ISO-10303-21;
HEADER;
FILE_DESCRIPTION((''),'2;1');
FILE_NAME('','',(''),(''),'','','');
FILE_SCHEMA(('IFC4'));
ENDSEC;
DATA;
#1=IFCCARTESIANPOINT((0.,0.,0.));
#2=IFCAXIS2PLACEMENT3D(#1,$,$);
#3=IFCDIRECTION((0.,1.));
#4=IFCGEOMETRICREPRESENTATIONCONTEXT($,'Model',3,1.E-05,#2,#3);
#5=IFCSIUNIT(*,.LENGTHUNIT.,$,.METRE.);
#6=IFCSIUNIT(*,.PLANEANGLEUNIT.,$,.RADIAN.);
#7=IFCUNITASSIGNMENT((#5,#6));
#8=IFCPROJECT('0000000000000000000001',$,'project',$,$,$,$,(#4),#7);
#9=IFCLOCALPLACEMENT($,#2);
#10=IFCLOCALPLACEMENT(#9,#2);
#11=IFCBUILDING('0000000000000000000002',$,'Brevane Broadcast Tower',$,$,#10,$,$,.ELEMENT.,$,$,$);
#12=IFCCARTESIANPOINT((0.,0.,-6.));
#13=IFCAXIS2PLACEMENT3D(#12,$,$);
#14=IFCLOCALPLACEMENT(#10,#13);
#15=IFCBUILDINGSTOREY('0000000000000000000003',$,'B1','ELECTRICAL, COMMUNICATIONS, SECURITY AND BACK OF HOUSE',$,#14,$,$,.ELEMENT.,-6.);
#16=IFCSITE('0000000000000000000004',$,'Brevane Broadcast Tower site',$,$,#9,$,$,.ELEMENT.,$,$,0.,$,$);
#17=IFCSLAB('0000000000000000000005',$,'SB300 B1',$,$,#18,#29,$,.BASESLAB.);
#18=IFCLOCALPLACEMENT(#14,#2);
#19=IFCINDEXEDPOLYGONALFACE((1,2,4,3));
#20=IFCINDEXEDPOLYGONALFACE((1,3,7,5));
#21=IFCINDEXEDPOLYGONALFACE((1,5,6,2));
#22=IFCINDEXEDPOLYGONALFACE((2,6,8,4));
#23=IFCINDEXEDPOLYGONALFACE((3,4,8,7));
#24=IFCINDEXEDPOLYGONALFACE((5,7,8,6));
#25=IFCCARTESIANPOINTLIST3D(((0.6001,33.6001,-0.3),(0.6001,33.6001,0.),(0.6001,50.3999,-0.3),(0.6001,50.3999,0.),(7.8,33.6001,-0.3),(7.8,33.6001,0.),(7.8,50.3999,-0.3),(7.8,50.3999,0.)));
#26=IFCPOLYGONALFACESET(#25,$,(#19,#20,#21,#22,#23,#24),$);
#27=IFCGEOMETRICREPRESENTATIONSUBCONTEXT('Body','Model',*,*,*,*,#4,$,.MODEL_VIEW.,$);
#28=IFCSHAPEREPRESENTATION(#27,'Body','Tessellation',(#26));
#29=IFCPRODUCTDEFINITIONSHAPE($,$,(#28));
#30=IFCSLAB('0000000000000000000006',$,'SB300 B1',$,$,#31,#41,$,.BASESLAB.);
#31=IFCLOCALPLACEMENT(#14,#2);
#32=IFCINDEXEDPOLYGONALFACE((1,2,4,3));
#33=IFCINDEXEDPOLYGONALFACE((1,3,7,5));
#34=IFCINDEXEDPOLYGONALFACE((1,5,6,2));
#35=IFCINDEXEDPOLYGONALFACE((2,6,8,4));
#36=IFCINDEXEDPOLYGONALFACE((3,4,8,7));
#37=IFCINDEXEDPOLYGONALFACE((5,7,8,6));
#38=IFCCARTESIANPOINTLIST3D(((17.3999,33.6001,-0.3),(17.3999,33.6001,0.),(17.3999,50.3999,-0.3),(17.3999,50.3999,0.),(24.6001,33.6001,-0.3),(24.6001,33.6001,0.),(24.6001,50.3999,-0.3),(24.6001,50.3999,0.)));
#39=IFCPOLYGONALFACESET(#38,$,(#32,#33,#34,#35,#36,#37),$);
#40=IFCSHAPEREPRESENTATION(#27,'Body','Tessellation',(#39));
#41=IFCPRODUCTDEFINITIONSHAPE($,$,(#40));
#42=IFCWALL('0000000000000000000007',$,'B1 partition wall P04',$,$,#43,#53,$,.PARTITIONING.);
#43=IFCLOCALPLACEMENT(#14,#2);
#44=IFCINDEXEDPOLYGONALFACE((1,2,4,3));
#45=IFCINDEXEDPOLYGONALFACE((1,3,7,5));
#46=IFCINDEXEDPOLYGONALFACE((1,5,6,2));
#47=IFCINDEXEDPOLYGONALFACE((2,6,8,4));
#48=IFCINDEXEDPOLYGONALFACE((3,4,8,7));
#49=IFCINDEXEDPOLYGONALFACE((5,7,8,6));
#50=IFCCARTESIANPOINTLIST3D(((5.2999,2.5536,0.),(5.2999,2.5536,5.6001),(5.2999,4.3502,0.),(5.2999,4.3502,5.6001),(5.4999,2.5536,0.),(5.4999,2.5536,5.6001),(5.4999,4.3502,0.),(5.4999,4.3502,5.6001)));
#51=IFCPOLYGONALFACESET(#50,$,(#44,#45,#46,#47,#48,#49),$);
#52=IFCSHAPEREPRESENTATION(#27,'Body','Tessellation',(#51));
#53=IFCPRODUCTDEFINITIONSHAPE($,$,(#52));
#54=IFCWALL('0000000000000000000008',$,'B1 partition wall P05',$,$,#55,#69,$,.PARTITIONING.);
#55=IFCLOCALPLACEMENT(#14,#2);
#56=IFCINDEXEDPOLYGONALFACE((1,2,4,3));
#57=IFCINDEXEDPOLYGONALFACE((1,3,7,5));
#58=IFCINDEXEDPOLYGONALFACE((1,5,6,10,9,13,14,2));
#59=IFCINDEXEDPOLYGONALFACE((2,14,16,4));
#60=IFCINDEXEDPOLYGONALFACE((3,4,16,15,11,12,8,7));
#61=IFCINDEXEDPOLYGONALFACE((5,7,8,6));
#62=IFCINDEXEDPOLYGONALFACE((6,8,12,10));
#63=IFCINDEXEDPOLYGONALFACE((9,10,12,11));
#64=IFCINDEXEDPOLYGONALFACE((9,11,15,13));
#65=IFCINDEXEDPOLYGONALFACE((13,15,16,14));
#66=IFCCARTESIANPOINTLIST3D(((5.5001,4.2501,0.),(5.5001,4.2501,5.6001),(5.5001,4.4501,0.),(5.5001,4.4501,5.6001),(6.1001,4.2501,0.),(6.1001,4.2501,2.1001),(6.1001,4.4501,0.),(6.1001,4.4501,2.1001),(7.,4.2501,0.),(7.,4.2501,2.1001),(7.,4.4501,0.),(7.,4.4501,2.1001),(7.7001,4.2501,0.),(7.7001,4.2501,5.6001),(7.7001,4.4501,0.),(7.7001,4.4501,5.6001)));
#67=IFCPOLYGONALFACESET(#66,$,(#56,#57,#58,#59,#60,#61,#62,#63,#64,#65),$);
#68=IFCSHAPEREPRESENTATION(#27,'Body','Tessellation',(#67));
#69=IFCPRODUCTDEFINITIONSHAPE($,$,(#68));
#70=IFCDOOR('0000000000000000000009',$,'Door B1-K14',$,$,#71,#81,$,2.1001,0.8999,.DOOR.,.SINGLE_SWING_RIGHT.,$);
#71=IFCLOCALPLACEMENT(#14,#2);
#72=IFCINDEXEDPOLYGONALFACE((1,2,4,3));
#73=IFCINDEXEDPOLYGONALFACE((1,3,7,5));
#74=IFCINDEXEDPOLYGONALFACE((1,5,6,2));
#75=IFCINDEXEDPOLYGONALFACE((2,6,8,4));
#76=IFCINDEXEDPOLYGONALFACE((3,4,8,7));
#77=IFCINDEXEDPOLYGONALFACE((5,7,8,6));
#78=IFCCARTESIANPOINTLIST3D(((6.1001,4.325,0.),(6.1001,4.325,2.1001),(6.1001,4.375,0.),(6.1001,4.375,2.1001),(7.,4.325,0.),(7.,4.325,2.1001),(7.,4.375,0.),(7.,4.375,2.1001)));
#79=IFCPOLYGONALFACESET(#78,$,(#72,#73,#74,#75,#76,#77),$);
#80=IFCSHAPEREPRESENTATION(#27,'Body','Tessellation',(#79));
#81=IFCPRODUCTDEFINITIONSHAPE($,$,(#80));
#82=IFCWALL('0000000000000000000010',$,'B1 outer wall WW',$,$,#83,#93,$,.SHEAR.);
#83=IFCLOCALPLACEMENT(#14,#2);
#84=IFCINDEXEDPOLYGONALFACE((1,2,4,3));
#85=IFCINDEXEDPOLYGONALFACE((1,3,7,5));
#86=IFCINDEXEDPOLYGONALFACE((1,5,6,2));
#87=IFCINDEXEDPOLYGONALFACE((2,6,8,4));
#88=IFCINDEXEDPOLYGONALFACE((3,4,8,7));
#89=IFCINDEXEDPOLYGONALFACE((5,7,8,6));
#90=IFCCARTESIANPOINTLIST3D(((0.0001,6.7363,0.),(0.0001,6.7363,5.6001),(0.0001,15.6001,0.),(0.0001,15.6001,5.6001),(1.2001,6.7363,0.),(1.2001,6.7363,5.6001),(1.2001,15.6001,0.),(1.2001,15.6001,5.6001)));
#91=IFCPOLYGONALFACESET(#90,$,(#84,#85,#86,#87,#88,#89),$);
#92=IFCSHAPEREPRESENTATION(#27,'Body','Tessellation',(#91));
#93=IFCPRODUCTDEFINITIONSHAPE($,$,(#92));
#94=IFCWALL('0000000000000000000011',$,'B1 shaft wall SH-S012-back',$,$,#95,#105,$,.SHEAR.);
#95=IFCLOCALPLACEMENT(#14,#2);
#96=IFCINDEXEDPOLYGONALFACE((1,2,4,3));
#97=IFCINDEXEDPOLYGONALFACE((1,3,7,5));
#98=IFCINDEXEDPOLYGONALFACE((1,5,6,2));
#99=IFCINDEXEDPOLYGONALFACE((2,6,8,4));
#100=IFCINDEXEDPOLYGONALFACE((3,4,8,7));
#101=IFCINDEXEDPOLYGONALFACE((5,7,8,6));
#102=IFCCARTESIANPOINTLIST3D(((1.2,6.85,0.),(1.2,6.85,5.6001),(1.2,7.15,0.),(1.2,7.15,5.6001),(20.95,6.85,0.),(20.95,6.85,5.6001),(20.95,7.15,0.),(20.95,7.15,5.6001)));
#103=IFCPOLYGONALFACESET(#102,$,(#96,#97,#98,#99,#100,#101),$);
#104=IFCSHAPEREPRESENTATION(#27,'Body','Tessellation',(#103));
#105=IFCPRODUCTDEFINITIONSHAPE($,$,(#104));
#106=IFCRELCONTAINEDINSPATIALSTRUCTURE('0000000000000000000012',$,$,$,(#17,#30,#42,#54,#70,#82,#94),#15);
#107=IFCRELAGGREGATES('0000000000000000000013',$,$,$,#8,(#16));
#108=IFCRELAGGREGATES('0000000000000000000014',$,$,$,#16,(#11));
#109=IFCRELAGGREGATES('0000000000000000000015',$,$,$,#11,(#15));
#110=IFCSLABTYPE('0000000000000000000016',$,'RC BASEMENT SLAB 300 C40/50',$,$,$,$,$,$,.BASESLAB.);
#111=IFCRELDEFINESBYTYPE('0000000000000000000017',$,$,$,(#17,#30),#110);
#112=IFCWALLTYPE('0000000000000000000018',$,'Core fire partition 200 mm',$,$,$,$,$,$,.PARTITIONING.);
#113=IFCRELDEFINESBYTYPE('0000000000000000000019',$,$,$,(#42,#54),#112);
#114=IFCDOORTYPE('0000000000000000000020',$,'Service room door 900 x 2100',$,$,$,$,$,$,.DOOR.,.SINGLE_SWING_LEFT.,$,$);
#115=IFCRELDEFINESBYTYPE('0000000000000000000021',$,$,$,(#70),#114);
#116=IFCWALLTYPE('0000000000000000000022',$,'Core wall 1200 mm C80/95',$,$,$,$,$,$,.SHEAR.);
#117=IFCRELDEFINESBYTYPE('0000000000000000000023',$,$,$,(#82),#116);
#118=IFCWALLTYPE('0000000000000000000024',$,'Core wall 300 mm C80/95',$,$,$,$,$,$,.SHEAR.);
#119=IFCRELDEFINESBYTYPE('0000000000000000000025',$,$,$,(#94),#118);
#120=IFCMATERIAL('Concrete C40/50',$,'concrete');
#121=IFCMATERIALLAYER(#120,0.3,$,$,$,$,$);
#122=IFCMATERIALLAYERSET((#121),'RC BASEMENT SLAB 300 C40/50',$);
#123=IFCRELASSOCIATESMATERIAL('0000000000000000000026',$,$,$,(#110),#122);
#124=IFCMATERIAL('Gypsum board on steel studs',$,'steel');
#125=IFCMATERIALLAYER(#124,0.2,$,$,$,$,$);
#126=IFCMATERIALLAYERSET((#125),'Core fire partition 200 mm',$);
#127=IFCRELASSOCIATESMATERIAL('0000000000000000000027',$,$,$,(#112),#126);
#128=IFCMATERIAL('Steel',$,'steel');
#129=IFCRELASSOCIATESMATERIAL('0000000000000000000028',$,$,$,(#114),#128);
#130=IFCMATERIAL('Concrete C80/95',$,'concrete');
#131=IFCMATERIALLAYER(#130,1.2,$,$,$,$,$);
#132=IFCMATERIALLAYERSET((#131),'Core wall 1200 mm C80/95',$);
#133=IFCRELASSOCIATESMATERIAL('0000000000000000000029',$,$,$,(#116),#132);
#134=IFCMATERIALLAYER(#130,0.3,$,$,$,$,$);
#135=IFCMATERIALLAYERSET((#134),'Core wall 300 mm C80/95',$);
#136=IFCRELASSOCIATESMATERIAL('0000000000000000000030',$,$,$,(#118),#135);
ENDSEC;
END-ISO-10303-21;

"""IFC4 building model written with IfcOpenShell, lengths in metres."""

from ifc_helpers import new_model, si_unit, direction, frame, frame_2d, origin, place, context, subcontext, project, spatial, polyline, rectangle, outline, extrude, material, layer, layer_set, type_object, element, fill, save


model = new_model("IFC4")

# Units and contexts
model_context = context("Model", 3, precision=1e-05, world=origin(), true_north=direction((0.0, 1.0)))
body_context = subcontext(model_context, "Body", "Model", "MODEL_VIEW")
ifc_project = project(units=[si_unit("LENGTHUNIT", "METRE"), si_unit("PLANEANGLEUNIT", "RADIAN")], contexts=[model_context])

# Site, building, storey
site_placement = place(None, origin())
site = spatial("IfcSite", under=ifc_project, at=site_placement, Name="Brevane Broadcast Tower site", CompositionType="ELEMENT", RefElevation=0.0)
building_placement = place(site_placement, origin())
building = spatial("IfcBuilding", under=site, at=building_placement, Name="Brevane Broadcast Tower", CompositionType="ELEMENT")
storey_placement = place(building_placement, frame((0.0, 0.0, -6.0)))
storey = spatial("IfcBuildingStorey", under=building, at=storey_placement, Name="B1", Description="ELECTRICAL, COMMUNICATIONS, SECURITY AND BACK OF HOUSE", CompositionType="ELEMENT", Elevation=-6.0)

# Slabs
ifc_material_1 = material(Name="Concrete C40/50", Category="concrete")
ifc_layer_1 = layer(ifc_material_1, 0.3)
ifc_layer_set_1 = layer_set([ifc_layer_1], Name="RC BASEMENT SLAB 300 C40/50")
slab_type = type_object("IfcSlabType", Name="RC BASEMENT SLAB 300 C40/50", PredefinedType="BASESLAB", material=ifc_layer_set_1)
slab_1_placement = place(storey_placement, frame((0.0, 0.0, -0.3)))
element("IfcSlab", 1, at=slab_1_placement, inside=storey, type_object=slab_type, Name="SB300 B1", PredefinedType="BASESLAB", context=body_context, shape_type="SweptSolid", body=[
    extrude(outline(polyline([(7.8, 50.3999), (7.8, 33.6001), (0.6001, 33.6001), (0.6001, 50.3999), (7.8, 50.3999)])), origin(), (0.0, 0.0, 1.0), 0.3),
])
slab_2_placement = place(storey_placement, frame((0.0, 0.0, -0.3)))
element("IfcSlab", 2, at=slab_2_placement, inside=storey, type_object=slab_type, Name="SB300 B1", PredefinedType="BASESLAB", context=body_context, shape_type="SweptSolid", body=[
    extrude(outline(polyline([(24.6001, 50.3999), (24.6001, 33.6001), (17.3999, 33.6001), (17.3999, 50.3999), (24.6001, 50.3999)])), origin(), (0.0, 0.0, 1.0), 0.3),
])

# Wall
ifc_material_2 = material(Name="Gypsum board on steel studs", Category="steel")
ifc_layer_2 = layer(ifc_material_2, 0.2)
ifc_layer_set_2 = layer_set([ifc_layer_2], Name="Core fire partition 200 mm")
wall_type_1 = type_object("IfcWallType", Name="Core fire partition 200 mm", PredefinedType="PARTITIONING", material=ifc_layer_set_2)
wall_1_placement = place(storey_placement, frame((5.3999, 2.5535, 0.0), z_axis=(0.0, 0.0, 1.0), x_axis=(0.0, 1.0, 0.0)))
element("IfcWall", 3, at=wall_1_placement, inside=storey, type_object=wall_type_1, Name="B1 partition wall P04", PredefinedType="PARTITIONING", context=body_context, shape_type="SweptSolid", body=[
    extrude(rectangle(XDim=1.7966, YDim=0.2, at=frame_2d((0.8984, 0.0))), origin(), (0.0, 0.0, 1.0), 5.6001),
])

# Wall, opening, door
wall_2_placement = place(storey_placement, frame((5.5, 4.3501, 0.0), z_axis=(0.0, 0.0, 1.0), x_axis=(1.0, 0.0, 0.0)))
wall_2 = element("IfcWall", 4, at=wall_2_placement, inside=storey, type_object=wall_type_1, Name="B1 partition wall P05", PredefinedType="PARTITIONING", context=body_context, shape_type="SweptSolid", body=[
    extrude(rectangle(XDim=2.2, YDim=0.2, at=frame_2d((1.1001, 0.0))), origin(), (0.0, 0.0, 1.0), 5.6001),
])
opening_1_placement = place(wall_2_placement, frame((0.6001, 0.0, 0.0)))
opening_1 = element("IfcOpeningElement", 5, at=opening_1_placement, cuts=wall_2, PredefinedType="OPENING", context=body_context, shape_type="SweptSolid", body=[
    extrude(rectangle(XDim=0.8999, YDim=2.1001, at=frame_2d((0.45, 1.05))), frame((0.0, 0.1099, 0.0), z_axis=(0.0, -1.0, 0.0), x_axis=(1.0, 0.0, 0.0)), (0.0, 0.0, 1.0), 0.22),
])
ifc_material_3 = material(Name="Steel", Category="steel")
door_type_1 = type_object("IfcDoorType", Name="Service room door 900 x 2100", OperationType="SINGLE_SWING_LEFT", PredefinedType="DOOR", material=ifc_material_3)
door_1_placement = place(opening_1_placement, origin())
door_1 = element("IfcDoor", 6, at=door_1_placement, inside=storey, type_object=door_type_1, Name="Door B1-K14", OperationType="SINGLE_SWING_RIGHT", OverallHeight=2.1001, OverallWidth=0.8999, PredefinedType="DOOR", context=body_context, shape_type="SweptSolid", body=[
    extrude(rectangle(XDim=0.8999, YDim=2.1001, at=frame_2d((0.45, 1.05))), frame((0.0, 0.0249, 0.0), z_axis=(0.0, -1.0, 0.0), x_axis=(1.0, 0.0, 0.0)), (0.0, 0.0, 1.0), 0.05),
])
fill(opening_1, door_1)

# Walls
ifc_material_4 = material(Name="Concrete C80/95", Category="concrete")
ifc_layer_3 = layer(ifc_material_4, 1.2)
ifc_layer_set_3 = layer_set([ifc_layer_3], Name="Core wall 1200 mm C80/95")
wall_type_2 = type_object("IfcWallType", Name="Core wall 1200 mm C80/95", PredefinedType="SHEAR", material=ifc_layer_set_3)
wall_3_placement = place(storey_placement, frame((0.6001, 6.7363, 0.0), z_axis=(0.0, 0.0, 1.0), x_axis=(0.0, 1.0, 0.0)))
element("IfcWall", 7, at=wall_3_placement, inside=storey, type_object=wall_type_2, Name="B1 outer wall WW", PredefinedType="SHEAR", context=body_context, shape_type="SweptSolid", body=[
    extrude(rectangle(XDim=8.8638, YDim=1.2, at=frame_2d((4.4319, 0.0))), origin(), (0.0, 0.0, 1.0), 5.6001),
])
ifc_layer_4 = layer(ifc_material_4, 0.3)
ifc_layer_set_4 = layer_set([ifc_layer_4], Name="Core wall 300 mm C80/95")
wall_type_3 = type_object("IfcWallType", Name="Core wall 300 mm C80/95", PredefinedType="SHEAR", material=ifc_layer_set_4)
wall_4_placement = place(storey_placement, frame((1.2, 7.0, 0.0), z_axis=(0.0, 0.0, 1.0), x_axis=(1.0, 0.0, 0.0)))
element("IfcWall", 8, at=wall_4_placement, inside=storey, type_object=wall_type_3, Name="B1 shaft wall SH-S012-back", PredefinedType="SHEAR", context=body_context, shape_type="SweptSolid", body=[
    extrude(rectangle(XDim=19.75, YDim=0.3, at=frame_2d((9.875, 0.0))), origin(), (0.0, 0.0, 1.0), 5.6001),
])

save(model, "model.ifc")
